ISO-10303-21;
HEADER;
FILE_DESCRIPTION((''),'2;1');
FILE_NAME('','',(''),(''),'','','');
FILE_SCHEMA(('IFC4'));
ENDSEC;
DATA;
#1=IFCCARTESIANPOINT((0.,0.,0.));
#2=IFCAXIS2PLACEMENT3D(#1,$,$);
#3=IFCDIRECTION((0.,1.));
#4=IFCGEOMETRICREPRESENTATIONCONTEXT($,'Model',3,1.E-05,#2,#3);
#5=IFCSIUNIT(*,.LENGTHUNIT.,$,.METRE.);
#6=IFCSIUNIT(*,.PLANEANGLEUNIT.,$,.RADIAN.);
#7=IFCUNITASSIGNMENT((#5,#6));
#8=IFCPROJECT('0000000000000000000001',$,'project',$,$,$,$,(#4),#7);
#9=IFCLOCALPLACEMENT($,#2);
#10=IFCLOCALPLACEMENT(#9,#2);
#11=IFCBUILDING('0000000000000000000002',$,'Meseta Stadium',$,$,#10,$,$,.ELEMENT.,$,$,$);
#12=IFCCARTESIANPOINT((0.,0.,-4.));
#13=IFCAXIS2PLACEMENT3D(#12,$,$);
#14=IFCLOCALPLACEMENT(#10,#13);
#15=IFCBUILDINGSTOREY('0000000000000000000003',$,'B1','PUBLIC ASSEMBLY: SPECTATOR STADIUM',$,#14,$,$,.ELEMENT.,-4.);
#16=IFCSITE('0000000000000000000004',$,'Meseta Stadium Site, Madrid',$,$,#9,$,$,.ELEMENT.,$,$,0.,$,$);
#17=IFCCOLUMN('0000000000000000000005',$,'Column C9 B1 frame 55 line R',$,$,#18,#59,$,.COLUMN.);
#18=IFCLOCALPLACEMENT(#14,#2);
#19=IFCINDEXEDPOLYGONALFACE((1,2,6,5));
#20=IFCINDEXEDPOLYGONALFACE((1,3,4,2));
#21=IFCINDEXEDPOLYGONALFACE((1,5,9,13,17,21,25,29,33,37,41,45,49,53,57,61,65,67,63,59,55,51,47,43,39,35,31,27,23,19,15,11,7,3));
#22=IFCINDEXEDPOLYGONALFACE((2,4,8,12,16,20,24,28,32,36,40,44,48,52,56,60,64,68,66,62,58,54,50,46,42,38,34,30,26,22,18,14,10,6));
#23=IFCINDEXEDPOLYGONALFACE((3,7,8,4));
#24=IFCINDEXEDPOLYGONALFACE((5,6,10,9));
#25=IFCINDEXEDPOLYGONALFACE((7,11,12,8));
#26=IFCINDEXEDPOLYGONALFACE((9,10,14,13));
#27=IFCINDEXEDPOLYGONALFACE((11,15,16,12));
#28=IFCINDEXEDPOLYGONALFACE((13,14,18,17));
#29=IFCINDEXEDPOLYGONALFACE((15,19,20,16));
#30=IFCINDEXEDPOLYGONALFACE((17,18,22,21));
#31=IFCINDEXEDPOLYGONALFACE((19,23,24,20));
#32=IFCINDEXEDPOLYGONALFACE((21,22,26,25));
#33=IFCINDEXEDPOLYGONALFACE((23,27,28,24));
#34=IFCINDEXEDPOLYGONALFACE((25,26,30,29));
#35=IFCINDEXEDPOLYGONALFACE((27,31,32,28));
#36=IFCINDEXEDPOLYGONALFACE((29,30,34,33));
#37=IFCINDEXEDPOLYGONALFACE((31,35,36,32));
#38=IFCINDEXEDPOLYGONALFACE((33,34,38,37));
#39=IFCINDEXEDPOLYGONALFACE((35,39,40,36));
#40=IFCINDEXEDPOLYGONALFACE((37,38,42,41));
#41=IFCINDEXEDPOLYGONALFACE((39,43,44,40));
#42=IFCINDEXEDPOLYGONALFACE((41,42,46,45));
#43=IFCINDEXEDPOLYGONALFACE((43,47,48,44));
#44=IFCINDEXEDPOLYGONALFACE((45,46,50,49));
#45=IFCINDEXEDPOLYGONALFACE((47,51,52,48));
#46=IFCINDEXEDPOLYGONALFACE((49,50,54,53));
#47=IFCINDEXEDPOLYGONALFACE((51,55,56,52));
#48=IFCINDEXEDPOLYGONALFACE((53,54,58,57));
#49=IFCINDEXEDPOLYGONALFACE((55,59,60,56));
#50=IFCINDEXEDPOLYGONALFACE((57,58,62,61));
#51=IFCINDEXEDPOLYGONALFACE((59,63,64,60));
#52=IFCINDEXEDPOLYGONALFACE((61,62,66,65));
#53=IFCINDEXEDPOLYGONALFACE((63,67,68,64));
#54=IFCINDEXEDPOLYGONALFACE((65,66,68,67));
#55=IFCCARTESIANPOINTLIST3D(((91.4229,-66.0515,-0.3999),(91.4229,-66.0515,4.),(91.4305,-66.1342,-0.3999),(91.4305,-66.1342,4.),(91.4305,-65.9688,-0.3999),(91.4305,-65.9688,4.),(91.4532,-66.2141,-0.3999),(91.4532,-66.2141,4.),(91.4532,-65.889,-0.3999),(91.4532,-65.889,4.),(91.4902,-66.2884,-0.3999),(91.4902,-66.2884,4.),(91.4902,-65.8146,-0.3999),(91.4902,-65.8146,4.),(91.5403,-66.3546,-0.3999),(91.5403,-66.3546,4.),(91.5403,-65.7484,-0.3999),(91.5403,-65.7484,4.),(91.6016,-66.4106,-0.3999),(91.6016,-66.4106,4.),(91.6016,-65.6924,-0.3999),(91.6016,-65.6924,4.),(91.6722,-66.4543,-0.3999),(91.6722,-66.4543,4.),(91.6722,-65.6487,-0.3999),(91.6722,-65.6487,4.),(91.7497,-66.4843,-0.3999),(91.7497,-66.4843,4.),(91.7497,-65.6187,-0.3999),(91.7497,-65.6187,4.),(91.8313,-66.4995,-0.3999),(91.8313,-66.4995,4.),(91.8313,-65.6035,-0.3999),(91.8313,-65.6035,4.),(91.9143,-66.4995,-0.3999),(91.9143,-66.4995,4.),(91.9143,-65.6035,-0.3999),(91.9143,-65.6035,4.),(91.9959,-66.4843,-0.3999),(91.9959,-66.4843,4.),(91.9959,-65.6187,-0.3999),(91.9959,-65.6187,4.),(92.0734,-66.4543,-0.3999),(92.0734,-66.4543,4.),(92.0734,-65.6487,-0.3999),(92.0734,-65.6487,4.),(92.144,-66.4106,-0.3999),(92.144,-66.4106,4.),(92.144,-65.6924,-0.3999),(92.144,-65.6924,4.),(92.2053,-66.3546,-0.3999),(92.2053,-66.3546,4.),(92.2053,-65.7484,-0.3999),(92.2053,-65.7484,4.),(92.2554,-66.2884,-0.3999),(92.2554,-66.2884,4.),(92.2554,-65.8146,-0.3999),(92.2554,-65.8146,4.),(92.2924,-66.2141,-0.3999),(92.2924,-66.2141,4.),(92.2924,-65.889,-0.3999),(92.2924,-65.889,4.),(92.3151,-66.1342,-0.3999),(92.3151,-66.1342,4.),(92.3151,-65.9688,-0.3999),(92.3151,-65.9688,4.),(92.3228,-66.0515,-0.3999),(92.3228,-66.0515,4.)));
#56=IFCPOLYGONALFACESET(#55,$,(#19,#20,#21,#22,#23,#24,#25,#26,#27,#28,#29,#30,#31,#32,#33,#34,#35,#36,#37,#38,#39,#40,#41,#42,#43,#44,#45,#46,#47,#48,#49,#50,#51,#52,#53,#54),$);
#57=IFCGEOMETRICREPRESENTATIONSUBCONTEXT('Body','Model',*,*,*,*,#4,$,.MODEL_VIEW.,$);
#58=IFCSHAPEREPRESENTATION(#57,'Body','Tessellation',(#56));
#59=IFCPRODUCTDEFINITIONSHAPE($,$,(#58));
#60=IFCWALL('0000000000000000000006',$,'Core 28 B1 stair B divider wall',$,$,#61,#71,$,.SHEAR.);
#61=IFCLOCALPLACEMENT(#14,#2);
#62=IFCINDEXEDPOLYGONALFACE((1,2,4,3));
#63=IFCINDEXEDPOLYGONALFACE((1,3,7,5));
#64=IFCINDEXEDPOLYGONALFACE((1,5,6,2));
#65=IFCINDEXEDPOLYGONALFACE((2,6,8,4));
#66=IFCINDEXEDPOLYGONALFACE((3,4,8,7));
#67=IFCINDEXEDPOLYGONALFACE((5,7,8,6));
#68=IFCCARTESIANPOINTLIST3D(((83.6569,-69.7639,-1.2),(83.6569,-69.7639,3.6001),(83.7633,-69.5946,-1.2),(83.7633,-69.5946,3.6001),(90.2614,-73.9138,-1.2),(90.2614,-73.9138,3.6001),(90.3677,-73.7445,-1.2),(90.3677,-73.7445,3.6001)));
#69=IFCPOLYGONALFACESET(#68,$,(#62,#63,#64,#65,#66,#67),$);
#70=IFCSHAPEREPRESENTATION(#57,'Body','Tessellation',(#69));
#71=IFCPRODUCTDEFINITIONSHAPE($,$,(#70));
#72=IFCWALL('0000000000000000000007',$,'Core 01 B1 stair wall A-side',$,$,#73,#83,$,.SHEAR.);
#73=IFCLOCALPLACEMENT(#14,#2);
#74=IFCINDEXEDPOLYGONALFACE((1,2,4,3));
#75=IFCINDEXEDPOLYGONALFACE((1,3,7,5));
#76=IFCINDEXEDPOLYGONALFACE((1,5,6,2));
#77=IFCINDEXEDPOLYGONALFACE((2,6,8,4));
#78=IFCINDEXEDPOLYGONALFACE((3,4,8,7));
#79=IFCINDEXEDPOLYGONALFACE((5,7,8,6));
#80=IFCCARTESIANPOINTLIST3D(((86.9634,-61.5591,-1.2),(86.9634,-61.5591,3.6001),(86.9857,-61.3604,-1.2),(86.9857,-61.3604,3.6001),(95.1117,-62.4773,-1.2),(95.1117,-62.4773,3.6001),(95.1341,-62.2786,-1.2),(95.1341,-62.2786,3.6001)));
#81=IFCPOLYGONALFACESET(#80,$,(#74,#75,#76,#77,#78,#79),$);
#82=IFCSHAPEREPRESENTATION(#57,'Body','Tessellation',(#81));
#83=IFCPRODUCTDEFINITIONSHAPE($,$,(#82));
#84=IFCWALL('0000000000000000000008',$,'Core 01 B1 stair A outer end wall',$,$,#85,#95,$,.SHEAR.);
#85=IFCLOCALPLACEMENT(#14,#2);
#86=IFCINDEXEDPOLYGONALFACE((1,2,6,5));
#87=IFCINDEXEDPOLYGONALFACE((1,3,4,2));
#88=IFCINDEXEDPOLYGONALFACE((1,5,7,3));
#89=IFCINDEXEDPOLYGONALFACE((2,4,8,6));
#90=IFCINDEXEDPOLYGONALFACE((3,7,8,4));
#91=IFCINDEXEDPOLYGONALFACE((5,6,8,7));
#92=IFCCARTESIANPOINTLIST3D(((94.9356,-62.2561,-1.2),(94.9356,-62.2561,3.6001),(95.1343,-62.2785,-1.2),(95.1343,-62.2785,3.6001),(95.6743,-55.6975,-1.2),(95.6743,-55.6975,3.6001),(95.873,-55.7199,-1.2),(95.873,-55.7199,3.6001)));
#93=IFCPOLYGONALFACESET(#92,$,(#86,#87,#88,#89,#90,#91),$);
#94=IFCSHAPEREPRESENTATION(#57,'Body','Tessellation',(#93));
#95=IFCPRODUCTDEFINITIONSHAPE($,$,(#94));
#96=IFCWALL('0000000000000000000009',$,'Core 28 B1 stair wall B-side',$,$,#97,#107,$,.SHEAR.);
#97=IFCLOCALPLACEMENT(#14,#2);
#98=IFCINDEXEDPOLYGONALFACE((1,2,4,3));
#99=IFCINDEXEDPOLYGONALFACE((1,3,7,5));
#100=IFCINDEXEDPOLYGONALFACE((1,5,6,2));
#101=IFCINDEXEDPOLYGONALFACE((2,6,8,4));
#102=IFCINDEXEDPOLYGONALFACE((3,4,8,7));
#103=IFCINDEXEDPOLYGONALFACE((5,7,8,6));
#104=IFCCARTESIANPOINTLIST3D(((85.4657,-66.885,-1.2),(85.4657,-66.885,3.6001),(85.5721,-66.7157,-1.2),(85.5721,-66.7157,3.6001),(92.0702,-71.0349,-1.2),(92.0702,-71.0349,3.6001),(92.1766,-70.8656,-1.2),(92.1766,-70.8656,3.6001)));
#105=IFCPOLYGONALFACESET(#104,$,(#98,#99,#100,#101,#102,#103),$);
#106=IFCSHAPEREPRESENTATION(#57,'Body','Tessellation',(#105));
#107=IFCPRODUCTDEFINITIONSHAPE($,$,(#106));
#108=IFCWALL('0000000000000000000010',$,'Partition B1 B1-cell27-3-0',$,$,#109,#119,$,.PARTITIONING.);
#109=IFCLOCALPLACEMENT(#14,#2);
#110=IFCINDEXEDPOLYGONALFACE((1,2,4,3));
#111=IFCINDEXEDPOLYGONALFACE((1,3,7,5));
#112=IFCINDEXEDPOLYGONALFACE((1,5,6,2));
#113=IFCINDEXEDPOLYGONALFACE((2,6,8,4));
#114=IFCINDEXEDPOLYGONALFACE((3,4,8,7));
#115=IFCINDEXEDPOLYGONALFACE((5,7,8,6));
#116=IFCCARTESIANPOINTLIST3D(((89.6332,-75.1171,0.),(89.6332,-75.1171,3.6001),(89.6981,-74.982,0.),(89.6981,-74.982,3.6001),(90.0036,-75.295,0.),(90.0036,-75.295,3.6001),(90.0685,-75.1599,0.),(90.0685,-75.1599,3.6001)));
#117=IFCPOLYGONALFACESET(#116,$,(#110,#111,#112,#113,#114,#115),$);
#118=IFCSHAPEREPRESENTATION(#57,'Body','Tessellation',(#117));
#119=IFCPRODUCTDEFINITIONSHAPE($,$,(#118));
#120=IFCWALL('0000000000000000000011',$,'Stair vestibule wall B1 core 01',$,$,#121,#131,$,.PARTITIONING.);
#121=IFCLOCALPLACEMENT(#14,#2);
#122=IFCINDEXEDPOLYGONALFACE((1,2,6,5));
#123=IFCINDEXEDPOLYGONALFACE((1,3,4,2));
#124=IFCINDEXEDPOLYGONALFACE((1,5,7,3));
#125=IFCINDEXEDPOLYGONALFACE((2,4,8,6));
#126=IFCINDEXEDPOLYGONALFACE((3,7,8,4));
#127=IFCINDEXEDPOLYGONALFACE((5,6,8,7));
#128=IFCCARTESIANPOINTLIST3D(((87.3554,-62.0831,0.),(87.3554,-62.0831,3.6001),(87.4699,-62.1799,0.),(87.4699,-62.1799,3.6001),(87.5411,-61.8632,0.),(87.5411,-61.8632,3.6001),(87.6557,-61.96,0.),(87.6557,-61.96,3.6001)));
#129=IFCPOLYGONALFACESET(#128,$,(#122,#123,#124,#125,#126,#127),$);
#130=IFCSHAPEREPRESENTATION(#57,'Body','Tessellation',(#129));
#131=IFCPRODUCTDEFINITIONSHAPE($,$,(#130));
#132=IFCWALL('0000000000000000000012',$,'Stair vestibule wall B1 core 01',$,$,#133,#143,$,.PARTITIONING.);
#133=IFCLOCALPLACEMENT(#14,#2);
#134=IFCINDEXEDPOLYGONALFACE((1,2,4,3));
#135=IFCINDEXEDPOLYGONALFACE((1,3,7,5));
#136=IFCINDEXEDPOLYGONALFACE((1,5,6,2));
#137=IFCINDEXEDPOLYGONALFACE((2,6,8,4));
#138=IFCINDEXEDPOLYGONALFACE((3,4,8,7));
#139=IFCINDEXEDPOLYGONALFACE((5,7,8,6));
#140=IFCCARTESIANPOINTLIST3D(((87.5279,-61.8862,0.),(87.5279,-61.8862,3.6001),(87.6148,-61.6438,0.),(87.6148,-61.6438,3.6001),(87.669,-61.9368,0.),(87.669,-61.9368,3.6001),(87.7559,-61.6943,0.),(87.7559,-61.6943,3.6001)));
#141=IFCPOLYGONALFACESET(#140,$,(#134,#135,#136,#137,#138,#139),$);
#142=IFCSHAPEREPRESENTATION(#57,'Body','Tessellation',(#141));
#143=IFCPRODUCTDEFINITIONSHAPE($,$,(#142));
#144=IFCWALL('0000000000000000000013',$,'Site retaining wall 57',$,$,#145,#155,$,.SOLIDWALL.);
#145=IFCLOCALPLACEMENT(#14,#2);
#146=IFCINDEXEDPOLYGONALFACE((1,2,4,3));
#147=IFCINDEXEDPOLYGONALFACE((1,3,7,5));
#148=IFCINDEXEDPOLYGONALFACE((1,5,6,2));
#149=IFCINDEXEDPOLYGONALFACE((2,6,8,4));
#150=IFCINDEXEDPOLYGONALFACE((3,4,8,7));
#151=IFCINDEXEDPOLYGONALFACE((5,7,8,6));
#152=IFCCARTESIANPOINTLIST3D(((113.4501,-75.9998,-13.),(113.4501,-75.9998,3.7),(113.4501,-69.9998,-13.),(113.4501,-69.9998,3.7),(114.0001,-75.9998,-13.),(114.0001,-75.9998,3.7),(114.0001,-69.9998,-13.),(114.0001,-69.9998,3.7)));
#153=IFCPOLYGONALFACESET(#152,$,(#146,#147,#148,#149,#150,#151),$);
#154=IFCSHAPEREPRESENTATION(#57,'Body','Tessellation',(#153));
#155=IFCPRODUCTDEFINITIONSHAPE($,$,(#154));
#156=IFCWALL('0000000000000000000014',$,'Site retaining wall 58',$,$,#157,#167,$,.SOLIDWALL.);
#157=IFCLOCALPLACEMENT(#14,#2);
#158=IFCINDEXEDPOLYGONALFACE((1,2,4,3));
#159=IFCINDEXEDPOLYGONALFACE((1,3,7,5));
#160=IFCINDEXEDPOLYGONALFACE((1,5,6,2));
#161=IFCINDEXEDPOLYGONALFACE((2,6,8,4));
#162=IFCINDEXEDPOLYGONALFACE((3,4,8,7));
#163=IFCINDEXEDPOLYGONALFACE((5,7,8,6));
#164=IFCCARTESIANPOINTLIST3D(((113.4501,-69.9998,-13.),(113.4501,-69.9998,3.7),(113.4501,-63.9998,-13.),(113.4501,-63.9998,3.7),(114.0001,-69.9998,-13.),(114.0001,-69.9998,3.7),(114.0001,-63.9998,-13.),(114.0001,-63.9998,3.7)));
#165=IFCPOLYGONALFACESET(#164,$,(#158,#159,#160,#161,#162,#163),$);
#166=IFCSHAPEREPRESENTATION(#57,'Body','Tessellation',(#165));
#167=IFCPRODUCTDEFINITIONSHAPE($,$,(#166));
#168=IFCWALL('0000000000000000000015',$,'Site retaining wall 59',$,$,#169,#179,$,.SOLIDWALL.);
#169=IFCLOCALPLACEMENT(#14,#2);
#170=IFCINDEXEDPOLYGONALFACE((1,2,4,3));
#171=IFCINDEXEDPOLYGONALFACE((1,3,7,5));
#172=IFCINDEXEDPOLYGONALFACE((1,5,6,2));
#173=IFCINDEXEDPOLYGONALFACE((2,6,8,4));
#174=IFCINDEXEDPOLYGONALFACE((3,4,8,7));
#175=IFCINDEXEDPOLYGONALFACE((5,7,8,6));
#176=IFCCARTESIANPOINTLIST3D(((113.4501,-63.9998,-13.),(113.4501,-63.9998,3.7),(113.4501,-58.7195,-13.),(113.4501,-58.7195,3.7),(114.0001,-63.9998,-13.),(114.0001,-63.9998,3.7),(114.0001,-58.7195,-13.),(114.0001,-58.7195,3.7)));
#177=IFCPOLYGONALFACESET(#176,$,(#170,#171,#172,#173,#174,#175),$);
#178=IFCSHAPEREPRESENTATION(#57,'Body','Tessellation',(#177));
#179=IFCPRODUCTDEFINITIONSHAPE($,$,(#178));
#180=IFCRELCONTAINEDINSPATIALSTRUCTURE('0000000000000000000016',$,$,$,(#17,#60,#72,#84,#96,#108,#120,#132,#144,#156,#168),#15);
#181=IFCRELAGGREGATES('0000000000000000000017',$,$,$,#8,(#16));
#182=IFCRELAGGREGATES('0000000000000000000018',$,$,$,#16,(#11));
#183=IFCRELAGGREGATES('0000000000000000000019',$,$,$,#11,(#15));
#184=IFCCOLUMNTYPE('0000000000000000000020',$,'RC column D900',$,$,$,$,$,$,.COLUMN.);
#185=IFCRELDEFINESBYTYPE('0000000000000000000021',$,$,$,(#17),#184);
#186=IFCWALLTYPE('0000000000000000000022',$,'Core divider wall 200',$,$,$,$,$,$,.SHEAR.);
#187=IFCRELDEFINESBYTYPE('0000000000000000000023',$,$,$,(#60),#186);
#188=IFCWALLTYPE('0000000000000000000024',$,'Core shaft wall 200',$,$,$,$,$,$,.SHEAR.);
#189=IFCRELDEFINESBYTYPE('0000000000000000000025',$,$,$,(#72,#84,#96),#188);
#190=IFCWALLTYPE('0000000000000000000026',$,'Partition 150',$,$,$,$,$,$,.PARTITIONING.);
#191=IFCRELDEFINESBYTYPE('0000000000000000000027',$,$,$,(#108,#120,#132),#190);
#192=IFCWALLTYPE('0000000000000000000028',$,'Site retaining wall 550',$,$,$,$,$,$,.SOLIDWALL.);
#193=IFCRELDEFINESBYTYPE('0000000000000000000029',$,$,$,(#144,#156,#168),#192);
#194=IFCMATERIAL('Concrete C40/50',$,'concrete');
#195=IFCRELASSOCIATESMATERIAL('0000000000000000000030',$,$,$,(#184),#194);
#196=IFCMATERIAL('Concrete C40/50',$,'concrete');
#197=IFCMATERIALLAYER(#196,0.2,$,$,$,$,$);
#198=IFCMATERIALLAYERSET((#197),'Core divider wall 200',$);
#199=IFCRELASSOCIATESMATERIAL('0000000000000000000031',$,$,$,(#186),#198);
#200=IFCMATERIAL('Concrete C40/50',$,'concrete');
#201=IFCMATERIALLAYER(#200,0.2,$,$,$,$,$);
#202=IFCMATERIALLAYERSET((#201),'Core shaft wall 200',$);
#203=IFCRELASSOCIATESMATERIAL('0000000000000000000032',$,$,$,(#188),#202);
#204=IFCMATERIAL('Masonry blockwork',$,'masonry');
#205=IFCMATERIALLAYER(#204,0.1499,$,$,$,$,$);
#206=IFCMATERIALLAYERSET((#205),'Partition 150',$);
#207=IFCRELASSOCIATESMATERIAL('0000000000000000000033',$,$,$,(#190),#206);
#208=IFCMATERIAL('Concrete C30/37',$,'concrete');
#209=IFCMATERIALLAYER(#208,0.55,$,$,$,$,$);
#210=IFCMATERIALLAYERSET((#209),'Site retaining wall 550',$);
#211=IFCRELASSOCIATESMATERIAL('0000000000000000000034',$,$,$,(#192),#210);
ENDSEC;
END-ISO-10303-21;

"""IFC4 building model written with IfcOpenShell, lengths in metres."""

from ifc_helpers import new_model, si_unit, direction, frame, frame_2d, origin, origin_2d, place, context, subcontext, project, spatial, rectangle, circle, extrude, material, layer, layer_set, material_profile, profile_set, type_object, element, save


model = new_model("IFC4")

# Units and contexts
model_context = context("Model", 3, precision=1e-05, world=origin(), true_north=direction((0.0, 1.0)))
body_context = subcontext(model_context, "Body", "Model", "MODEL_VIEW")
ifc_project = project(units=[si_unit("LENGTHUNIT", "METRE"), si_unit("PLANEANGLEUNIT", "RADIAN")], contexts=[model_context])

# Site, building, storey
site_placement = place(None, origin())
site = spatial("IfcSite", under=ifc_project, at=site_placement, Name="Meseta Stadium Site, Madrid", CompositionType="ELEMENT", RefElevation=0.0)
building_placement = place(site_placement, origin())
building = spatial("IfcBuilding", under=site, at=building_placement, Name="Meseta Stadium", CompositionType="ELEMENT")
storey_placement = place(building_placement, frame((0.0, 0.0, -4.0)))
storey = spatial("IfcBuildingStorey", under=building, at=storey_placement, Name="B1", Description="PUBLIC ASSEMBLY: SPECTATOR STADIUM", CompositionType="ELEMENT", Elevation=-4.0)

# Column
ifc_material_1 = material(Name="Concrete C40/50", Category="concrete")
ifc_material_profile = material_profile(ifc_material_1, circle(Radius=0.45, at=origin_2d()), Name="RC D900")
ifc_profile_set = profile_set([ifc_material_profile], Name="Concrete C40/50")
column_type = type_object("IfcColumnType", Name="RC column D900", PredefinedType="COLUMN", material=ifc_profile_set)
column_placement = place(storey_placement, frame((91.8728, -66.0515, -0.3999), z_axis=(0.0, 0.0, 1.0), x_axis=(1.0, 0.0, 0.0)))
element("IfcColumn", 1, at=column_placement, inside=storey, type_object=column_type, Name="Column C9 B1 frame 55 line R", PredefinedType="COLUMN", context=body_context, shape_type="SweptSolid", body=[
    extrude(circle(Radius=0.45, at=origin_2d()), origin(), (0.0, 0.0, 1.0), 4.3999),
])

# Walls
ifc_material_2 = material(Name="Concrete C40/50", Category="concrete")
ifc_layer_1 = layer(ifc_material_2, 0.2)
ifc_layer_set_1 = layer_set([ifc_layer_1], Name="Core divider wall 200")
wall_type_1 = type_object("IfcWallType", Name="Core divider wall 200", PredefinedType="SHEAR", material=ifc_layer_set_1)
wall_1_placement = place(storey_placement, frame((90.3145, -73.8291, -1.2), z_axis=(0.0, 0.0, 1.0), x_axis=(-0.846723, 0.532034, 0.0)))
element("IfcWall", 2, at=wall_1_placement, inside=storey, type_object=wall_type_1, Name="Core 28 B1 stair B divider wall", PredefinedType="SHEAR", context=body_context, shape_type="SweptSolid", body=[
    extrude(rectangle(XDim=7.8, YDim=0.2, at=frame_2d((3.8999, 0.0))), origin(), (0.0, 0.0, 1.0), 4.8),
])
ifc_material_3 = material(Name="Concrete C40/50", Category="concrete")
ifc_layer_2 = layer(ifc_material_3, 0.2)
ifc_layer_set_2 = layer_set([ifc_layer_2], Name="Core shaft wall 200")
wall_type_2 = type_object("IfcWallType", Name="Core shaft wall 200", PredefinedType="SHEAR", material=ifc_layer_set_2)
wall_2_placement = place(storey_placement, frame((95.123, -62.3779, -1.2), z_axis=(0.0, 0.0, 1.0), x_axis=(-0.993711, 0.111977, 0.0)))
element("IfcWall", 3, at=wall_2_placement, inside=storey, type_object=wall_type_2, Name="Core 01 B1 stair wall A-side", PredefinedType="SHEAR", context=body_context, shape_type="SweptSolid", body=[
    extrude(rectangle(XDim=8.2, YDim=0.2, at=frame_2d((4.1001, 0.0))), origin(), (0.0, 0.0, 1.0), 4.8),
])
wall_3_placement = place(storey_placement, frame((95.0349, -62.2673, -1.2), z_axis=(0.0, 0.0, 1.0), x_axis=(0.111934, 0.993716, 0.0)))
element("IfcWall", 4, at=wall_3_placement, inside=storey, type_object=wall_type_2, Name="Core 01 B1 stair A outer end wall", PredefinedType="SHEAR", context=body_context, shape_type="SweptSolid", body=[
    extrude(rectangle(XDim=6.6001, YDim=0.2, at=frame_2d((3.3, 0.0))), origin(), (0.0, 0.0, 1.0), 4.8),
])
wall_4_placement = place(storey_placement, frame((92.1233, -70.9502, -1.2), z_axis=(0.0, 0.0, 1.0), x_axis=(-0.846723, 0.532034, 0.0)))
element("IfcWall", 5, at=wall_4_placement, inside=storey, type_object=wall_type_2, Name="Core 28 B1 stair wall B-side", PredefinedType="SHEAR", context=body_context, shape_type="SweptSolid", body=[
    extrude(rectangle(XDim=7.8, YDim=0.2, at=frame_2d((3.8999, 0.0))), origin(), (0.0, 0.0, 1.0), 4.8),
])
ifc_material_4 = material(Name="Masonry blockwork", Category="masonry")
ifc_layer_3 = layer(ifc_material_4, 0.1499)
ifc_layer_set_3 = layer_set([ifc_layer_3], Name="Partition 150")
wall_type_3 = type_object("IfcWallType", Name="Partition 150", PredefinedType="PARTITIONING", material=ifc_layer_set_3)
wall_5_placement = place(storey_placement, frame((90.0361, -75.2275, 0.0), z_axis=(0.0, 0.0, 1.0), x_axis=(-0.901328, 0.433137, 0.0)))
element("IfcWall", 6, at=wall_5_placement, inside=storey, type_object=wall_type_3, Name="Partition B1 B1-cell27-3-0", PredefinedType="PARTITIONING", context=body_context, shape_type="SweptSolid", body=[
    extrude(rectangle(XDim=0.4109, YDim=0.1499, at=frame_2d((0.2056, 0.0))), origin(), (0.0, 0.0, 1.0), 3.6001),
])
wall_6_placement = place(storey_placement, frame((87.4126, -62.1316, 0.0), z_axis=(0.0, 0.0, 1.0), x_axis=(0.645258, 0.763965, 0.0)))
element("IfcWall", 7, at=wall_6_placement, inside=storey, type_object=wall_type_3, Name="Stair vestibule wall B1 core 01", PredefinedType="PARTITIONING", context=body_context, shape_type="SweptSolid", body=[
    extrude(rectangle(XDim=0.2878, YDim=0.1499, at=frame_2d((0.144, 0.0))), origin(), (0.0, 0.0, 1.0), 3.6001),
])
wall_7_placement = place(storey_placement, frame((87.5984, -61.9116, 0.0), z_axis=(0.0, 0.0, 1.0), x_axis=(0.337477, 0.941334, 0.0)))
element("IfcWall", 8, at=wall_7_placement, inside=storey, type_object=wall_type_3, Name="Stair vestibule wall B1 core 01", PredefinedType="PARTITIONING", context=body_context, shape_type="SweptSolid", body=[
    extrude(rectangle(XDim=0.2576, YDim=0.1499, at=frame_2d((0.1289, 0.0))), origin(), (0.0, 0.0, 1.0), 3.6001),
])
ifc_material_5 = material(Name="Concrete C30/37", Category="concrete")
ifc_layer_4 = layer(ifc_material_5, 0.55)
ifc_layer_set_4 = layer_set([ifc_layer_4], Name="Site retaining wall 550")
wall_type_4 = type_object("IfcWallType", Name="Site retaining wall 550", PredefinedType="SOLIDWALL", material=ifc_layer_set_4)
for number, where, z_axis, x_axis, name in (
    (9, (113.7251, -75.9998, -13.0), (0.0, 0.0, 1.0), (0.0, 1.0, 0.0), "Site retaining wall 57"),
    (10, (113.7251, -69.9998, -13.0), (0.0, 0.0, 1.0), (0.0, 1.0, 0.0), "Site retaining wall 58"),
):
    element("IfcWall", number, at=place(storey_placement, frame(where, z_axis=z_axis, x_axis=x_axis)), inside=storey, type_object=wall_type_4, Name=name, PredefinedType="SOLIDWALL", context=body_context, shape_type="SweptSolid", body=[
        extrude(rectangle(XDim=6.0, YDim=0.55, at=frame_2d((3.0, 0.0))), origin(), (0.0, 0.0, 1.0), 16.7),
    ])
wall_8_placement = place(storey_placement, frame((113.7251, -63.9998, -13.0), z_axis=(0.0, 0.0, 1.0), x_axis=(0.0, 1.0, 0.0)))
element("IfcWall", 11, at=wall_8_placement, inside=storey, type_object=wall_type_4, Name="Site retaining wall 59", PredefinedType="SOLIDWALL", context=body_context, shape_type="SweptSolid", body=[
    extrude(rectangle(XDim=5.2803, YDim=0.55, at=frame_2d((2.6401, 0.0))), origin(), (0.0, 0.0, 1.0), 16.7),
])

save(model, "model.ifc")
